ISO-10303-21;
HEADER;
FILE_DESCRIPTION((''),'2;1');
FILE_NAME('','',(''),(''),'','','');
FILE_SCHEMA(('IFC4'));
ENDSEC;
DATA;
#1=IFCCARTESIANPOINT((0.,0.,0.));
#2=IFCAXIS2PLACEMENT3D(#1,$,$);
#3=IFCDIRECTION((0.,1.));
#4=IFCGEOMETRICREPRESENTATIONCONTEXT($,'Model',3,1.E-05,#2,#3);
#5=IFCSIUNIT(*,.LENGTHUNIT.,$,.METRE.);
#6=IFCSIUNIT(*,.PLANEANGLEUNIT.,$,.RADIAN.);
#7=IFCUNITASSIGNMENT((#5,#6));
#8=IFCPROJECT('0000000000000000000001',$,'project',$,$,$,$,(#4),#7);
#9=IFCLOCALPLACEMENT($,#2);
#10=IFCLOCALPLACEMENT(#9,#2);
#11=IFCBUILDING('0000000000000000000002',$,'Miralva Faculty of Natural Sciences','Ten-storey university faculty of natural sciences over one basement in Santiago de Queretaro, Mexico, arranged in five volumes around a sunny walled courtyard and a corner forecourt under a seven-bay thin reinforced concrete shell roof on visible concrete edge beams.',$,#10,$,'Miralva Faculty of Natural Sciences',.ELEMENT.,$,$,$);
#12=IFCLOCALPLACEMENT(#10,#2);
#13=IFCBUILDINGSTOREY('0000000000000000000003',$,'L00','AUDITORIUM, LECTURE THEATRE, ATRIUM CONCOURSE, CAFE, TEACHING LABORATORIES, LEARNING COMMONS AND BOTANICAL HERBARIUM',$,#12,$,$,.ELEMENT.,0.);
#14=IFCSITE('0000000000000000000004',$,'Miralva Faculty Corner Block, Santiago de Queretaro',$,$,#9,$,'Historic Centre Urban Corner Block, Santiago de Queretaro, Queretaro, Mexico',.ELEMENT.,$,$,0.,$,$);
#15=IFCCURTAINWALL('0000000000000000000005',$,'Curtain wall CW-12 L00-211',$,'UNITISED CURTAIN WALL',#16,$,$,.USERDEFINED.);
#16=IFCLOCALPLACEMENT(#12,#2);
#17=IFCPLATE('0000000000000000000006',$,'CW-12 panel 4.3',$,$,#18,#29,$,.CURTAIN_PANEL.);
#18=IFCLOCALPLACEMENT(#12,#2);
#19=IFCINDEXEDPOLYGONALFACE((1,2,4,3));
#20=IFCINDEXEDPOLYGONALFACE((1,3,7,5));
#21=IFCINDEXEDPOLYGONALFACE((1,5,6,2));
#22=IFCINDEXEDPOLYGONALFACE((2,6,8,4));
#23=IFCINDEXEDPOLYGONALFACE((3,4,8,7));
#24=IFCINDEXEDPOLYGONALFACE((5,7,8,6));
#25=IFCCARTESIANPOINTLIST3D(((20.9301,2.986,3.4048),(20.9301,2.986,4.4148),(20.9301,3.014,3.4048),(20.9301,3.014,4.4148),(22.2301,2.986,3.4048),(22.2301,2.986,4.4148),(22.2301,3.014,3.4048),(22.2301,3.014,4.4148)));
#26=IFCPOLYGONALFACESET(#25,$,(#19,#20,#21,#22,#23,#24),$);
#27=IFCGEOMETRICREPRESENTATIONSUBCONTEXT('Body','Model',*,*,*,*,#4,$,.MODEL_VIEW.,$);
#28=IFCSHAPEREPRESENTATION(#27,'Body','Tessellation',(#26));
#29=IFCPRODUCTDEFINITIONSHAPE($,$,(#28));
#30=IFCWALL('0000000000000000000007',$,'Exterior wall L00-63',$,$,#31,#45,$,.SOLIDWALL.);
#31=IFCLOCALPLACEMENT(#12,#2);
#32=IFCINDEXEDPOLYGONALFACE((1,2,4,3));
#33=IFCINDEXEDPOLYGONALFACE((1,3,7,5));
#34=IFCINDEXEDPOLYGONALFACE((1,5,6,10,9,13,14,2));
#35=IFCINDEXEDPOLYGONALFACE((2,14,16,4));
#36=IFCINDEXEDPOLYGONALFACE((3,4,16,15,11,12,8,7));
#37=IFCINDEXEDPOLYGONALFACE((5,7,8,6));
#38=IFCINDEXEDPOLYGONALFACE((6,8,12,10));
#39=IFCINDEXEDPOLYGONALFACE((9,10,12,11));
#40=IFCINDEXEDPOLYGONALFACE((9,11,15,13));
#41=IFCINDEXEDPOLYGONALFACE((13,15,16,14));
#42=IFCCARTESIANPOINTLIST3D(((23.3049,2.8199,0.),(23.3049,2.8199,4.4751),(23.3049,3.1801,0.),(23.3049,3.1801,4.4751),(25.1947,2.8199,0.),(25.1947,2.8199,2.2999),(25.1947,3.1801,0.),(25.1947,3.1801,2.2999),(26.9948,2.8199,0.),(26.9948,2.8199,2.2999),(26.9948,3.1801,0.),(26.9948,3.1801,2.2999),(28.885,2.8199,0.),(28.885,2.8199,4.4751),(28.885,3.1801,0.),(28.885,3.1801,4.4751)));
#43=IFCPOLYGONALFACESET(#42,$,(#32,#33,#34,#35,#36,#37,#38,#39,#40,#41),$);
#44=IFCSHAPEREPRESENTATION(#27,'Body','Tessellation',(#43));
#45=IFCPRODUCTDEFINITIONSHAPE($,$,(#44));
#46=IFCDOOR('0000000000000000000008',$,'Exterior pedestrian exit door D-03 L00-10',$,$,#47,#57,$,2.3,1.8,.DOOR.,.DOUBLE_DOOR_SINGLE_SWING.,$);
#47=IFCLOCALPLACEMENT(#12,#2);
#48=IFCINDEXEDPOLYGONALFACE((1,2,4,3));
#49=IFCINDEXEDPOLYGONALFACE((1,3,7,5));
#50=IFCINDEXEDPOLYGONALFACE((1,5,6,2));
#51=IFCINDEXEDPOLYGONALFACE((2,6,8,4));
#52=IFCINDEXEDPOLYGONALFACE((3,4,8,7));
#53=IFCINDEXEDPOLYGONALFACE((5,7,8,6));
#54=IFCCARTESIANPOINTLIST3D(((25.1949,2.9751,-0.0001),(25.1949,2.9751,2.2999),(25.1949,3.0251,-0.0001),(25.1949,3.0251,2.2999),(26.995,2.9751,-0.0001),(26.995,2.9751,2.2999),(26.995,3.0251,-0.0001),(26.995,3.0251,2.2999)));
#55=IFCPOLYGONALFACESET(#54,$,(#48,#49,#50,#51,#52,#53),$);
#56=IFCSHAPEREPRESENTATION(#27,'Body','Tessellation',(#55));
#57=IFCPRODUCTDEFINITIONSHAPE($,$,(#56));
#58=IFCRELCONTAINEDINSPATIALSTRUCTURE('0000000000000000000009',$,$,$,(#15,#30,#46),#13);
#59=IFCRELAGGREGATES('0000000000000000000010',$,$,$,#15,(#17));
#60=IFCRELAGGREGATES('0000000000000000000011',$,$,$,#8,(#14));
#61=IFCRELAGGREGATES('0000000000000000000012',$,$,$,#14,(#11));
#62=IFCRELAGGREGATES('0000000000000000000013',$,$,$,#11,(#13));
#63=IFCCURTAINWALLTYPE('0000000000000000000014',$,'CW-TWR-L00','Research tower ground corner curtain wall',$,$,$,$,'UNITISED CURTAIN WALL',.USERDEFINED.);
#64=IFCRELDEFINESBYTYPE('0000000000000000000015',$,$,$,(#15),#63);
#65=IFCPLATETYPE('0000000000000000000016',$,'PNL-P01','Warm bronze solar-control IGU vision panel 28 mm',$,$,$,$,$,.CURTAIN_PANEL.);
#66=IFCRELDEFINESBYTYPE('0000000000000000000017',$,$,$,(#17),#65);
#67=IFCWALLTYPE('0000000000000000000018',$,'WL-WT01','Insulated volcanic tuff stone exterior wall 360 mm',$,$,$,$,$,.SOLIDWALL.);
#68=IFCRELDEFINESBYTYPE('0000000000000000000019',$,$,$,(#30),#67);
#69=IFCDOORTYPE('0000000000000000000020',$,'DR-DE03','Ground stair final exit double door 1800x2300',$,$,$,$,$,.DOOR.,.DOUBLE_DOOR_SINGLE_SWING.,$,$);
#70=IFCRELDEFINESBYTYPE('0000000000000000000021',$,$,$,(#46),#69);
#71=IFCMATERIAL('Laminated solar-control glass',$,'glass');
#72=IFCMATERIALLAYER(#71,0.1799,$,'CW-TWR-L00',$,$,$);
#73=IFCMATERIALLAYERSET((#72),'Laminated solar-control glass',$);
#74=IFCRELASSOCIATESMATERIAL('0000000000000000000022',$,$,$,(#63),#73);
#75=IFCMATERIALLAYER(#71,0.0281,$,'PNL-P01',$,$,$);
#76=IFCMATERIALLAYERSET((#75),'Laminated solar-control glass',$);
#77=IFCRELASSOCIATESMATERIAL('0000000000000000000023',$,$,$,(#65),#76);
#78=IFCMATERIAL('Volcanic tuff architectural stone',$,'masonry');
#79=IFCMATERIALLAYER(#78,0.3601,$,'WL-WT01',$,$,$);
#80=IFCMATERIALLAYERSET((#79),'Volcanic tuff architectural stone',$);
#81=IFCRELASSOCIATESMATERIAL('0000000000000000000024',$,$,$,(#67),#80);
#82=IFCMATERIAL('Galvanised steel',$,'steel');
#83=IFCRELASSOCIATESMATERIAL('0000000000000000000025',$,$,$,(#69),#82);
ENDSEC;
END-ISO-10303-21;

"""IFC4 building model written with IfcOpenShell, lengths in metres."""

from ifc_helpers import new_model, si_unit, direction, frame, frame_2d, origin, origin_2d, place, context, subcontext, project, spatial, rectangle, extrude, material, layer, layer_set, type_object, element, fill, aggregate, save


model = new_model("IFC4")

# Units and contexts
model_context = context("Model", 3, precision=1e-05, world=origin(), true_north=direction((0.0, 1.0)))
body_context = subcontext(model_context, "Body", "Model", "MODEL_VIEW")
ifc_project = project(units=[si_unit("LENGTHUNIT", "METRE"), si_unit("PLANEANGLEUNIT", "RADIAN")], contexts=[model_context])

# Site, building, storey
site_placement = place(None, origin())
site = spatial("IfcSite", under=ifc_project, at=site_placement, Name="Miralva Faculty Corner Block, Santiago de Queretaro", LongName="Historic Centre Urban Corner Block, Santiago de Queretaro, Queretaro, Mexico", CompositionType="ELEMENT", RefElevation=0.0)
building_placement = place(site_placement, origin())
building = spatial("IfcBuilding", under=site, at=building_placement, Name="Miralva Faculty of Natural Sciences", Description="Ten-storey university faculty of natural sciences over one basement in Santiago de Queretaro, Mexico, arranged in five volumes around a sunny walled courtyard and a corner forecourt under a seven-bay thin reinforced concrete shell roof on visible concrete edge beams.", LongName="Miralva Faculty of Natural Sciences", CompositionType="ELEMENT")
storey_placement = place(building_placement, origin())
storey = spatial("IfcBuildingStorey", under=building, at=storey_placement, Name="L00", Description="AUDITORIUM, LECTURE THEATRE, ATRIUM CONCOURSE, CAFE, TEACHING LABORATORIES, LEARNING COMMONS AND BOTANICAL HERBARIUM", CompositionType="ELEMENT", Elevation=0.0)

# Curtain wall, plate
ifc_material_1 = material(Name="Laminated solar-control glass", Category="glass")
ifc_layer_1 = layer(ifc_material_1, 0.1799, Name="CW-TWR-L00")
ifc_layer_set_1 = layer_set([ifc_layer_1], Name="Laminated solar-control glass")
curtain_wall_type = type_object("IfcCurtainWallType", Name="CW-TWR-L00", Description="Research tower ground corner curtain wall", ElementType="UNITISED CURTAIN WALL", PredefinedType="USERDEFINED", material=ifc_layer_set_1)
curtain_wall_placement = place(storey_placement, origin())
curtain_wall = element("IfcCurtainWall", 1, at=curtain_wall_placement, inside=storey, type_object=curtain_wall_type, Name="Curtain wall CW-12 L00-211", ObjectType="UNITISED CURTAIN WALL", PredefinedType="USERDEFINED")
ifc_layer_2 = layer(ifc_material_1, 0.0281, Name="PNL-P01")
ifc_layer_set_2 = layer_set([ifc_layer_2], Name="Laminated solar-control glass")
plate_type = type_object("IfcPlateType", Name="PNL-P01", Description="Warm bronze solar-control IGU vision panel 28 mm", PredefinedType="CURTAIN_PANEL", material=ifc_layer_set_2)
plate_1_placement = place(storey_placement, frame((21.5801, 3.0, 3.4048), z_axis=(0.0, 0.0, 1.0), x_axis=(1.0, 0.0, 0.0)))
plate_1 = element("IfcPlate", 2, at=plate_1_placement, type_object=plate_type, Name="CW-12 panel 4.3", PredefinedType="CURTAIN_PANEL", context=body_context, shape_type="SweptSolid", body=[
    extrude(rectangle(XDim=1.3, YDim=0.0281, at=origin_2d()), origin(), (0.0, 0.0, 1.0), 1.01),
])
aggregate(curtain_wall, [plate_1])

# Wall, opening, door
ifc_material_2 = material(Name="Volcanic tuff architectural stone", Category="masonry")
ifc_layer_3 = layer(ifc_material_2, 0.3601, Name="WL-WT01")
ifc_layer_set_3 = layer_set([ifc_layer_3], Name="Volcanic tuff architectural stone")
wall_type = type_object("IfcWallType", Name="WL-WT01", Description="Insulated volcanic tuff stone exterior wall 360 mm", PredefinedType="SOLIDWALL", material=ifc_layer_set_3)
wall_placement = place(storey_placement, frame((23.3049, 3.0, 0.0), z_axis=(0.0, 0.0, 1.0), x_axis=(1.0, 0.0, 0.0)))
wall = element("IfcWall", 3, at=wall_placement, inside=storey, type_object=wall_type, Name="Exterior wall L00-63", PredefinedType="SOLIDWALL", context=body_context, shape_type="SweptSolid", body=[
    extrude(rectangle(XDim=5.5801, YDim=0.3601, at=frame_2d((2.79, 0.0))), origin(), (0.0, 0.0, 1.0), 4.4751),
])
opening_placement = place(wall_placement, frame((1.8899, 0.0, 0.0)))
opening = element("IfcOpeningElement", 4, at=opening_placement, cuts=wall, PredefinedType="OPENING", context=body_context, shape_type="SweptSolid", body=[
    extrude(rectangle(XDim=1.8, YDim=2.3, at=frame_2d((0.8999, 1.1499))), frame((0.0, 0.1899, 0.0), z_axis=(0.0, -1.0, 0.0), x_axis=(1.0, 0.0, 0.0)), (0.0, 0.0, 1.0), 0.3801),
])
ifc_material_3 = material(Name="Galvanised steel", Category="steel")
door_type = type_object("IfcDoorType", Name="DR-DE03", Description="Ground stair final exit double door 1800x2300", OperationType="DOUBLE_DOOR_SINGLE_SWING", PredefinedType="DOOR", material=ifc_material_3)
door_placement = place(opening_placement, frame((1.8, 0.0, 0.0), z_axis=(0.0, 0.0, 1.0), x_axis=(-1.0, 0.0, 0.0)))
door = element("IfcDoor", 5, at=door_placement, inside=storey, type_object=door_type, Name="Exterior pedestrian exit door D-03 L00-10", OperationType="DOUBLE_DOOR_SINGLE_SWING", OverallHeight=2.3, OverallWidth=1.8, PredefinedType="DOOR", context=body_context, shape_type="SweptSolid", body=[
    extrude(rectangle(XDim=1.8, YDim=2.3, at=frame_2d((0.8999, 1.1499))), frame((0.0, 0.0249, 0.0), z_axis=(0.0, -1.0, 0.0), x_axis=(1.0, 0.0, 0.0)), (0.0, 0.0, 1.0), 0.05),
])
fill(opening, door)

save(model, "model.ifc")
